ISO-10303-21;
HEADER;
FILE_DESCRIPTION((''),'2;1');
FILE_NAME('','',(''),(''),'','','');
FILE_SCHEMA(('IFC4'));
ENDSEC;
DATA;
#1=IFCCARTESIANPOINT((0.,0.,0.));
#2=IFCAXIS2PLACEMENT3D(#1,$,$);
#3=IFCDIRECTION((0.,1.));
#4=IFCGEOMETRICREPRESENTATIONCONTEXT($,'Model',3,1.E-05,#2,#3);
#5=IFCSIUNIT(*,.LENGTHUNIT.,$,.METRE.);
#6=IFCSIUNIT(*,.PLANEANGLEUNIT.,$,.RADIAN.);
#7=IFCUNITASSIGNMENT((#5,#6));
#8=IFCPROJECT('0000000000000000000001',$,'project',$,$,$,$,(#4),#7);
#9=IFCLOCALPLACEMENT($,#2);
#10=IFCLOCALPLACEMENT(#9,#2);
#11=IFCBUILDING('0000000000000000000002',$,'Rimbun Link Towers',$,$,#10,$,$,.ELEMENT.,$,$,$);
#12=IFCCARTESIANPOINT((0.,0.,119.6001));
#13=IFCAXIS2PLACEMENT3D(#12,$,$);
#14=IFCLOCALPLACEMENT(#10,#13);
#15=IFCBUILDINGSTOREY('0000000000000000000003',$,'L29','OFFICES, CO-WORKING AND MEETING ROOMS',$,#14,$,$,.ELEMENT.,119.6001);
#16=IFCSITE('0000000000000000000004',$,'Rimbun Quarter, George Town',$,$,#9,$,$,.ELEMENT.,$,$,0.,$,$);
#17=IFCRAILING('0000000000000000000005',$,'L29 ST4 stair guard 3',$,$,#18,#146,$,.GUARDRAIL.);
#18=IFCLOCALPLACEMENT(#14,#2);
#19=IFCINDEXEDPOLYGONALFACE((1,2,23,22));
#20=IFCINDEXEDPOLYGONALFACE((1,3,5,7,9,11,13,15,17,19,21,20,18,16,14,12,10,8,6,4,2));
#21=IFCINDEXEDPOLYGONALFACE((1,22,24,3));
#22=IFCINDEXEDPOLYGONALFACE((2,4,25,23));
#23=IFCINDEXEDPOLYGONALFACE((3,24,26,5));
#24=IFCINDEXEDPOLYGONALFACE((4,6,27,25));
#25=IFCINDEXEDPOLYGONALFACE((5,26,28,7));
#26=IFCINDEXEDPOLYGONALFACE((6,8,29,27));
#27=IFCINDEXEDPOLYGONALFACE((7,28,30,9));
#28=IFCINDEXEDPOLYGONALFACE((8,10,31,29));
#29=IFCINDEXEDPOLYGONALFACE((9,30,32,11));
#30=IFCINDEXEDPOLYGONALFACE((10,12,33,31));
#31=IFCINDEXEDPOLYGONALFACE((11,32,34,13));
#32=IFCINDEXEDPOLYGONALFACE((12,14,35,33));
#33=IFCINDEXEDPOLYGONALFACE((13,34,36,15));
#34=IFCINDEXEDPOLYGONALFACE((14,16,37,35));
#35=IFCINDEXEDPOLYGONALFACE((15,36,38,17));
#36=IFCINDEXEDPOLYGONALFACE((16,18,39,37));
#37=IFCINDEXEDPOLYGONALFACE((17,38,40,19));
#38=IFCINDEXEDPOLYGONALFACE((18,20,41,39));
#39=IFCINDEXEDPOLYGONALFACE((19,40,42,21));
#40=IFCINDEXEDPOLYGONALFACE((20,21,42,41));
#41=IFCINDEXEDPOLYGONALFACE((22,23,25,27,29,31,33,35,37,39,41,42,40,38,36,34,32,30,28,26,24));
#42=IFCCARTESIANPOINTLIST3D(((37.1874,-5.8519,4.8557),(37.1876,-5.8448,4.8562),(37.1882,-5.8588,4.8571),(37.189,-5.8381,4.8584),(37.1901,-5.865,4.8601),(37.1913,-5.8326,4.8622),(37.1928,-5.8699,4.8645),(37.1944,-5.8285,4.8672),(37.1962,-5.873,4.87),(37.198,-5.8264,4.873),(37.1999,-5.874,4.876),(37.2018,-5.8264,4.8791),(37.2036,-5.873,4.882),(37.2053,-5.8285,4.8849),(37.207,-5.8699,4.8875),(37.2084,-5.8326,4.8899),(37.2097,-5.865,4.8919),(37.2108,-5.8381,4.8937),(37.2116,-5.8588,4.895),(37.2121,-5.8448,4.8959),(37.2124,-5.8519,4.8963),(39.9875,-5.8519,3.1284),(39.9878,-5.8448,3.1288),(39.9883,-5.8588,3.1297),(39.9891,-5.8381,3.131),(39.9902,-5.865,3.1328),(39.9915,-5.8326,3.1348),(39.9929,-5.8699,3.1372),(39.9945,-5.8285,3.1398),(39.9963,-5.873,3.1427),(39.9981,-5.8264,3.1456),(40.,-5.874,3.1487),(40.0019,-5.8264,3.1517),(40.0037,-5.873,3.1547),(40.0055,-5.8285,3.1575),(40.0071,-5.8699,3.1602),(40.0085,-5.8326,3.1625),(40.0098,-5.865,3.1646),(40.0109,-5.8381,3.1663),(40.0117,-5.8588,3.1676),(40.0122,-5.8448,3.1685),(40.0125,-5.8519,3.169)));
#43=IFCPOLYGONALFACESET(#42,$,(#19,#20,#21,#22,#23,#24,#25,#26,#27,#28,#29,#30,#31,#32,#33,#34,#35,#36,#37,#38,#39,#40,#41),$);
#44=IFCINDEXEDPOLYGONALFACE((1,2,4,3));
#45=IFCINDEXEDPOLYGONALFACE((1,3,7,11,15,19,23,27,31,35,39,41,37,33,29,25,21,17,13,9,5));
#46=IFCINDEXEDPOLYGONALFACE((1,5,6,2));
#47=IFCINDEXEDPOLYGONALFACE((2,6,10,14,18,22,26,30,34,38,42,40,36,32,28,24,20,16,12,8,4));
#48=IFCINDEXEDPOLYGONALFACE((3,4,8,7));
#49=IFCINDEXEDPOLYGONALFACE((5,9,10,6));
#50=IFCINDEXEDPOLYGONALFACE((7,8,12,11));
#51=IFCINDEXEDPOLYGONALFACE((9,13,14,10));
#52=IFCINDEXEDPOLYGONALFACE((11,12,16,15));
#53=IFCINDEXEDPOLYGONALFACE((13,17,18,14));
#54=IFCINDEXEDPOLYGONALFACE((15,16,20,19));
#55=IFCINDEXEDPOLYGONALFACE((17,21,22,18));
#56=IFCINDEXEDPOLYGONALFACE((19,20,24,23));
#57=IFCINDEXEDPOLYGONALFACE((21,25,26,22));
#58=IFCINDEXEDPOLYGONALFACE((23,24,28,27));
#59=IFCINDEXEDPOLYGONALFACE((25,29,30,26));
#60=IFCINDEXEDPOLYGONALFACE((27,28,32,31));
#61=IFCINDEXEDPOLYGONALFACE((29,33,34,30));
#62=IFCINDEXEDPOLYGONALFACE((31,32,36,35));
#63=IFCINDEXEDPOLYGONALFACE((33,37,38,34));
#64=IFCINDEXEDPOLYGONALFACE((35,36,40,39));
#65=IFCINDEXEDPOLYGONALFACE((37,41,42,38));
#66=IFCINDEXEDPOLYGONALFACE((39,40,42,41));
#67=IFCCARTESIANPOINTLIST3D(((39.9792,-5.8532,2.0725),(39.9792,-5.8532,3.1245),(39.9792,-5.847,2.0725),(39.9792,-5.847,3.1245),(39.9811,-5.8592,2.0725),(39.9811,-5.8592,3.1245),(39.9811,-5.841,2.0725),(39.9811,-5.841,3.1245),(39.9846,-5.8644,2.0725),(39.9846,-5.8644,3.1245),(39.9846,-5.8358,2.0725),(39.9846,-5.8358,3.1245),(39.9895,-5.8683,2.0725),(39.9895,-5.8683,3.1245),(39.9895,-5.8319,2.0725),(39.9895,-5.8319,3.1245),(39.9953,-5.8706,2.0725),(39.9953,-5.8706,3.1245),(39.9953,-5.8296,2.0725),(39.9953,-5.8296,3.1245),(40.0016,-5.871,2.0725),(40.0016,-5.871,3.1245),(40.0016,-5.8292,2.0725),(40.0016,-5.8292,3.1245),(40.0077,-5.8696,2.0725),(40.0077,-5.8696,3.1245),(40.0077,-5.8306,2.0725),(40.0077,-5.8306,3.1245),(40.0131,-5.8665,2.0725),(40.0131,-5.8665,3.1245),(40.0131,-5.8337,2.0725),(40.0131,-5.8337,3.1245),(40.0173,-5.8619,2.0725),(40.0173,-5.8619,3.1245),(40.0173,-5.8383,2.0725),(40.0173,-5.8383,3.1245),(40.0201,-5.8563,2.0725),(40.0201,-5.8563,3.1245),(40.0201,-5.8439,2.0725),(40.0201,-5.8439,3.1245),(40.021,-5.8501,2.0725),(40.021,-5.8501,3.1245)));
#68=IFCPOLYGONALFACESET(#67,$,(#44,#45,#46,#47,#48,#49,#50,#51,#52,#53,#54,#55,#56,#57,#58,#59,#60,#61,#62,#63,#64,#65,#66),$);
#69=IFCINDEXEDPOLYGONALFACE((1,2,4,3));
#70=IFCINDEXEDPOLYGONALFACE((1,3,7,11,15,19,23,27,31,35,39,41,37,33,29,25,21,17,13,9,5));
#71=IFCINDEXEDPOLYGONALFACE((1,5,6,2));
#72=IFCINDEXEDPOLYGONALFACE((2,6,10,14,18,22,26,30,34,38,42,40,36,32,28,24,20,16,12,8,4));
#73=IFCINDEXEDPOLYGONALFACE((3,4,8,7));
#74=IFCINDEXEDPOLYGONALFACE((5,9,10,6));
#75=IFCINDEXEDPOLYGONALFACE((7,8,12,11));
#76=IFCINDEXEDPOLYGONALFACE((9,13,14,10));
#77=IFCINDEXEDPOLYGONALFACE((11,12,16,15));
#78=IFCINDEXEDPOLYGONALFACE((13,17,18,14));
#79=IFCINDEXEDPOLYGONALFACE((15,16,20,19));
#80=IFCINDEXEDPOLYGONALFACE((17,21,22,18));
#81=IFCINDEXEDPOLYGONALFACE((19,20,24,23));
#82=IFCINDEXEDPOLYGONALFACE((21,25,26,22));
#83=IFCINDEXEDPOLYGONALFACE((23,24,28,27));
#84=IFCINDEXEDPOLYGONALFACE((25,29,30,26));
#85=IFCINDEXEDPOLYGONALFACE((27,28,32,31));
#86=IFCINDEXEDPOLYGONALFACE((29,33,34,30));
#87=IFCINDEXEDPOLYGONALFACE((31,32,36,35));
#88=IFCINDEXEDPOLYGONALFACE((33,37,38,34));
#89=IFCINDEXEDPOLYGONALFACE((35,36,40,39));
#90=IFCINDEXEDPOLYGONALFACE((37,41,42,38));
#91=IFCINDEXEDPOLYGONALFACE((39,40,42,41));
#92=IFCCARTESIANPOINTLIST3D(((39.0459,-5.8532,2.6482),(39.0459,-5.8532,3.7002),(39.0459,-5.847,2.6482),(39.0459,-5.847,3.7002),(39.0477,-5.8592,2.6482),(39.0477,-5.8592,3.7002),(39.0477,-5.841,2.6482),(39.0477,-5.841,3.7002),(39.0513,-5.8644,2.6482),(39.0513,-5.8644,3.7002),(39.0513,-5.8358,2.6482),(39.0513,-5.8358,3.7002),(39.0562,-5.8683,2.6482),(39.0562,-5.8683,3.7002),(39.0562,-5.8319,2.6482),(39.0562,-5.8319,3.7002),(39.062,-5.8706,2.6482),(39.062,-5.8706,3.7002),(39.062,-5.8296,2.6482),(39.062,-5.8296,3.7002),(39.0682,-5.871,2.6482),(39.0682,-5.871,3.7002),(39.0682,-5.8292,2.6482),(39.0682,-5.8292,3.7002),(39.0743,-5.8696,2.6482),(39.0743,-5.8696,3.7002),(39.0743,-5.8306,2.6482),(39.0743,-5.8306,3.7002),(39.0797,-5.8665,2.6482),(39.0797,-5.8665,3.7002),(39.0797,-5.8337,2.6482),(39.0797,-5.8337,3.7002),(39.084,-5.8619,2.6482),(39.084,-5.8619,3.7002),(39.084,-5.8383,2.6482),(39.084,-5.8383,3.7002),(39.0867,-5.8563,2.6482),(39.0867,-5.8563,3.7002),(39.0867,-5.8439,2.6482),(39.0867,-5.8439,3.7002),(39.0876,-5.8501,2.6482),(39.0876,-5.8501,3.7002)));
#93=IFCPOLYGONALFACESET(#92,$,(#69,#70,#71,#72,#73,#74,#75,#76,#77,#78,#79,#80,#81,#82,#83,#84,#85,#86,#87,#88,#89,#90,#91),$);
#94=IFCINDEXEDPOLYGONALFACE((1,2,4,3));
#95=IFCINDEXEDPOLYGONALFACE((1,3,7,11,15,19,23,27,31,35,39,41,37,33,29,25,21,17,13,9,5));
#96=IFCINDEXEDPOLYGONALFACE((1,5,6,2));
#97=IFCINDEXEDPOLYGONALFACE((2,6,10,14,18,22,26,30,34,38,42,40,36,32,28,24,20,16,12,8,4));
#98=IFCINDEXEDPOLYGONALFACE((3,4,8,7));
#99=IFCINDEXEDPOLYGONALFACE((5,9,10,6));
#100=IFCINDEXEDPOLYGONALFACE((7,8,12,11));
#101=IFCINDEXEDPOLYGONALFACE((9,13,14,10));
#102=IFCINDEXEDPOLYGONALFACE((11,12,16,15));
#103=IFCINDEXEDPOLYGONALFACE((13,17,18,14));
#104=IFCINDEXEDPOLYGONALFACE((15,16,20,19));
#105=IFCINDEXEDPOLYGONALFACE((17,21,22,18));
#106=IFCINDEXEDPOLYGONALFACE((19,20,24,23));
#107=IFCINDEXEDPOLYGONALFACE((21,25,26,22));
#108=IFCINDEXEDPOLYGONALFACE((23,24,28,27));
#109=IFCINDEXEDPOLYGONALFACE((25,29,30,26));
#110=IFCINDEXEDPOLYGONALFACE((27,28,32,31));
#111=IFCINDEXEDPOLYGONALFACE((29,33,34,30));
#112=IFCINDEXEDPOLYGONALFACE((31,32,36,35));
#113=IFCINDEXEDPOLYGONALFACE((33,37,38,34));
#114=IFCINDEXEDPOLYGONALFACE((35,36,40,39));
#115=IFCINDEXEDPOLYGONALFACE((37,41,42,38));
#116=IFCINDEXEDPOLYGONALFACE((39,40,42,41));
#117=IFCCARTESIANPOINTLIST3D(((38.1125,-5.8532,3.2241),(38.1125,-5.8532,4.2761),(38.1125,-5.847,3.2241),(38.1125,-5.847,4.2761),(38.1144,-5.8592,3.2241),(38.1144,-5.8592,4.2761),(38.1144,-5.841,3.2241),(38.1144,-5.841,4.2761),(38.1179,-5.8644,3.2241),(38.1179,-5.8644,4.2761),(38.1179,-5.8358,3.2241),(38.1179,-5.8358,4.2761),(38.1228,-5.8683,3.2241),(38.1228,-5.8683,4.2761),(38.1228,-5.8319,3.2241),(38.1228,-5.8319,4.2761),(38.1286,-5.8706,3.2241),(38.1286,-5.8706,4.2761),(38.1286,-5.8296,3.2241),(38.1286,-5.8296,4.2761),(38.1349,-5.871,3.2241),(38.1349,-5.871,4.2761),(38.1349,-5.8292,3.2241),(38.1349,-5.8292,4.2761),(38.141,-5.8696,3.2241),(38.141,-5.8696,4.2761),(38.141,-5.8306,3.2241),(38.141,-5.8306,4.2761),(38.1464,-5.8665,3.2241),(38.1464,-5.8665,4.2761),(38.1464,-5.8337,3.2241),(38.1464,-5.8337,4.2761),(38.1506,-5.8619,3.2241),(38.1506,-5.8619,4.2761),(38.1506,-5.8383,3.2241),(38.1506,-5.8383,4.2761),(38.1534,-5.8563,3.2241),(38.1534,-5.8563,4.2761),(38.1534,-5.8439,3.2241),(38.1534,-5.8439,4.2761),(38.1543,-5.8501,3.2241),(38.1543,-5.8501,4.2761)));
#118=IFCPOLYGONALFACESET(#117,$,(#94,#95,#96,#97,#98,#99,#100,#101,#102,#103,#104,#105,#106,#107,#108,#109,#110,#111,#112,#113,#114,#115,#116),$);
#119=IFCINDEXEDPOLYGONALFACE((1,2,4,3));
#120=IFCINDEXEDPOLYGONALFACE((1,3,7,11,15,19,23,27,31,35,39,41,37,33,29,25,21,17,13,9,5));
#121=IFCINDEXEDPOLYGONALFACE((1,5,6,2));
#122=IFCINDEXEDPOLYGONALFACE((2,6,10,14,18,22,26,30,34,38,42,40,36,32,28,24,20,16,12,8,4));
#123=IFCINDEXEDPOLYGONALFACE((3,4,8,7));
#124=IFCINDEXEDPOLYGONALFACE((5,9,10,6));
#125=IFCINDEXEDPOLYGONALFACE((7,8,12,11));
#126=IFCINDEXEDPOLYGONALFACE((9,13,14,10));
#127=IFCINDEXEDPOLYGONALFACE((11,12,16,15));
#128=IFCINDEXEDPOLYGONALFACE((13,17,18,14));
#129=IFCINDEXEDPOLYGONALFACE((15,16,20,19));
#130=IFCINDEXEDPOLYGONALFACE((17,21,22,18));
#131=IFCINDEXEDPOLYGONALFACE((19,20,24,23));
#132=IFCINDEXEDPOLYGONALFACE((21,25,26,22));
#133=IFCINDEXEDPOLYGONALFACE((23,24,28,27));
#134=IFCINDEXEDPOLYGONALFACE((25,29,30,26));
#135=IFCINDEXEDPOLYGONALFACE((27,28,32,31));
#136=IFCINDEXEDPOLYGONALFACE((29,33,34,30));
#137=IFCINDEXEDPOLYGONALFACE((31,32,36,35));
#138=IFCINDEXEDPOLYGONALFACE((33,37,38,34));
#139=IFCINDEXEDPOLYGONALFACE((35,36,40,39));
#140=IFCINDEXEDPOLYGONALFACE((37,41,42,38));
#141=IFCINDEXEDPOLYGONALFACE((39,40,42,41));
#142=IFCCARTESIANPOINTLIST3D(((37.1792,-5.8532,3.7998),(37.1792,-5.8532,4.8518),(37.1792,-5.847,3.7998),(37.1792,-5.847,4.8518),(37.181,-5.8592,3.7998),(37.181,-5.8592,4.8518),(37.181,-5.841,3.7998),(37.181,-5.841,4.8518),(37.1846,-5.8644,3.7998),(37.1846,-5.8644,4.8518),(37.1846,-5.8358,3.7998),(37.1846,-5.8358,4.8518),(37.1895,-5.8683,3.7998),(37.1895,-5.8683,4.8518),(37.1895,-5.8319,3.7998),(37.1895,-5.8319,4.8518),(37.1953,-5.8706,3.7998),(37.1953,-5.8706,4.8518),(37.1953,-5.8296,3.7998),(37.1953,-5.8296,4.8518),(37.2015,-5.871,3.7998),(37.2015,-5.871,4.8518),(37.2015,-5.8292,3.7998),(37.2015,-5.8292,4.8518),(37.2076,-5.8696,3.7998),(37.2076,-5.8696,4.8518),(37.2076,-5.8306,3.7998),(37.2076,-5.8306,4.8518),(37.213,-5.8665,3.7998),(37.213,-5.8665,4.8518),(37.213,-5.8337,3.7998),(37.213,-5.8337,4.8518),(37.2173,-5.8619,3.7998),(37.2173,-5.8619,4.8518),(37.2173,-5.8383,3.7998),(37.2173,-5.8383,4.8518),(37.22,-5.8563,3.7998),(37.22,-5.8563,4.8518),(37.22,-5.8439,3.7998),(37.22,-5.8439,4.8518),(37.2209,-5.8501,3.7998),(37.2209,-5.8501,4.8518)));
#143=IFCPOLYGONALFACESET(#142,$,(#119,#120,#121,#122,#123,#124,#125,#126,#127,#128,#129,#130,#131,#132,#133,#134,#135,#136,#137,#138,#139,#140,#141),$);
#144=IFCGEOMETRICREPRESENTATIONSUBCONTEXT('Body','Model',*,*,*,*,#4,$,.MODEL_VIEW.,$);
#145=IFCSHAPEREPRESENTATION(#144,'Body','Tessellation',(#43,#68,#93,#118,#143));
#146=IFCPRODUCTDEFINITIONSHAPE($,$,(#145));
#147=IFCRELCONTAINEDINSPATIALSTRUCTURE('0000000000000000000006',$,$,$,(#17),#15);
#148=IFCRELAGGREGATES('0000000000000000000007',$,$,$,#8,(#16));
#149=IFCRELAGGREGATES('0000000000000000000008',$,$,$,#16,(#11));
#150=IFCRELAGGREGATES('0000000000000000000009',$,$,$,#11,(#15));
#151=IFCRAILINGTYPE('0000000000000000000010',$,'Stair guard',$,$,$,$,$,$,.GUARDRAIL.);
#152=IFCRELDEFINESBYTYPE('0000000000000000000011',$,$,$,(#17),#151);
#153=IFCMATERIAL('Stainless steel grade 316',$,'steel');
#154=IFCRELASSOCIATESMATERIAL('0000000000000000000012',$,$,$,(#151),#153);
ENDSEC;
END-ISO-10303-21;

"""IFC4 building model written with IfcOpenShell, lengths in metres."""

from ifc_helpers import new_model, si_unit, direction, frame, origin, origin_2d, place, context, subcontext, project, spatial, circle, extrude, material, type_object, element, save


model = new_model("IFC4")

# Units and contexts
model_context = context("Model", 3, precision=1e-05, world=origin(), true_north=direction((0.0, 1.0)))
body_context = subcontext(model_context, "Body", "Model", "MODEL_VIEW")
ifc_project = project(units=[si_unit("LENGTHUNIT", "METRE"), si_unit("PLANEANGLEUNIT", "RADIAN")], contexts=[model_context])

# Site, building, storey
site_placement = place(None, origin())
site = spatial("IfcSite", under=ifc_project, at=site_placement, Name="Rimbun Quarter, George Town", CompositionType="ELEMENT", RefElevation=0.0)
building_placement = place(site_placement, origin())
building = spatial("IfcBuilding", under=site, at=building_placement, Name="Rimbun Link Towers", CompositionType="ELEMENT")
storey_placement = place(building_placement, frame((0.0, 0.0, 119.6001)))
storey = spatial("IfcBuildingStorey", under=building, at=storey_placement, Name="L29", Description="OFFICES, CO-WORKING AND MEETING ROOMS", CompositionType="ELEMENT", Elevation=119.6001)

# Railing
ifc_material_1 = material(Name="Stainless steel grade 316", Category="steel")
railing_type_1 = type_object("IfcRailingType", Name="Stair guard", PredefinedType="GUARDRAIL", material=ifc_material_1)
railing_1_placement = place(storey_placement, frame((40.0, -5.8501, 2.0725)))
element("IfcRailing", 1, at=railing_1_placement, inside=storey, type_object=railing_type_1, Name="L29 ST4 stair guard 3", PredefinedType="GUARDRAIL", context=body_context, shape_type="SweptSolid", body=[
    extrude(circle(Radius=0.0239, at=origin_2d()), frame((0.0, 0.0, 1.0762), z_axis=(-0.85109, 0.0, 0.52502), x_axis=(0.0, -1.0, 0.0)), (0.0, 0.0, 1.0), 3.29),
    extrude(circle(Radius=0.021, at=origin_2d()), origin(), (0.0, 0.0, 1.0), 1.052),
    extrude(circle(Radius=0.021, at=origin_2d()), frame((-0.9333, 0.0, 0.5757)), (0.0, 0.0, 1.0), 1.052),
    extrude(circle(Radius=0.021, at=origin_2d()), frame((-1.8667, 0.0, 1.1516)), (0.0, 0.0, 1.0), 1.052),
    extrude(circle(Radius=0.021, at=origin_2d()), frame((-2.8, 0.0, 1.7273)), (0.0, 0.0, 1.0), 1.052),
])

save(model, "model.ifc")
